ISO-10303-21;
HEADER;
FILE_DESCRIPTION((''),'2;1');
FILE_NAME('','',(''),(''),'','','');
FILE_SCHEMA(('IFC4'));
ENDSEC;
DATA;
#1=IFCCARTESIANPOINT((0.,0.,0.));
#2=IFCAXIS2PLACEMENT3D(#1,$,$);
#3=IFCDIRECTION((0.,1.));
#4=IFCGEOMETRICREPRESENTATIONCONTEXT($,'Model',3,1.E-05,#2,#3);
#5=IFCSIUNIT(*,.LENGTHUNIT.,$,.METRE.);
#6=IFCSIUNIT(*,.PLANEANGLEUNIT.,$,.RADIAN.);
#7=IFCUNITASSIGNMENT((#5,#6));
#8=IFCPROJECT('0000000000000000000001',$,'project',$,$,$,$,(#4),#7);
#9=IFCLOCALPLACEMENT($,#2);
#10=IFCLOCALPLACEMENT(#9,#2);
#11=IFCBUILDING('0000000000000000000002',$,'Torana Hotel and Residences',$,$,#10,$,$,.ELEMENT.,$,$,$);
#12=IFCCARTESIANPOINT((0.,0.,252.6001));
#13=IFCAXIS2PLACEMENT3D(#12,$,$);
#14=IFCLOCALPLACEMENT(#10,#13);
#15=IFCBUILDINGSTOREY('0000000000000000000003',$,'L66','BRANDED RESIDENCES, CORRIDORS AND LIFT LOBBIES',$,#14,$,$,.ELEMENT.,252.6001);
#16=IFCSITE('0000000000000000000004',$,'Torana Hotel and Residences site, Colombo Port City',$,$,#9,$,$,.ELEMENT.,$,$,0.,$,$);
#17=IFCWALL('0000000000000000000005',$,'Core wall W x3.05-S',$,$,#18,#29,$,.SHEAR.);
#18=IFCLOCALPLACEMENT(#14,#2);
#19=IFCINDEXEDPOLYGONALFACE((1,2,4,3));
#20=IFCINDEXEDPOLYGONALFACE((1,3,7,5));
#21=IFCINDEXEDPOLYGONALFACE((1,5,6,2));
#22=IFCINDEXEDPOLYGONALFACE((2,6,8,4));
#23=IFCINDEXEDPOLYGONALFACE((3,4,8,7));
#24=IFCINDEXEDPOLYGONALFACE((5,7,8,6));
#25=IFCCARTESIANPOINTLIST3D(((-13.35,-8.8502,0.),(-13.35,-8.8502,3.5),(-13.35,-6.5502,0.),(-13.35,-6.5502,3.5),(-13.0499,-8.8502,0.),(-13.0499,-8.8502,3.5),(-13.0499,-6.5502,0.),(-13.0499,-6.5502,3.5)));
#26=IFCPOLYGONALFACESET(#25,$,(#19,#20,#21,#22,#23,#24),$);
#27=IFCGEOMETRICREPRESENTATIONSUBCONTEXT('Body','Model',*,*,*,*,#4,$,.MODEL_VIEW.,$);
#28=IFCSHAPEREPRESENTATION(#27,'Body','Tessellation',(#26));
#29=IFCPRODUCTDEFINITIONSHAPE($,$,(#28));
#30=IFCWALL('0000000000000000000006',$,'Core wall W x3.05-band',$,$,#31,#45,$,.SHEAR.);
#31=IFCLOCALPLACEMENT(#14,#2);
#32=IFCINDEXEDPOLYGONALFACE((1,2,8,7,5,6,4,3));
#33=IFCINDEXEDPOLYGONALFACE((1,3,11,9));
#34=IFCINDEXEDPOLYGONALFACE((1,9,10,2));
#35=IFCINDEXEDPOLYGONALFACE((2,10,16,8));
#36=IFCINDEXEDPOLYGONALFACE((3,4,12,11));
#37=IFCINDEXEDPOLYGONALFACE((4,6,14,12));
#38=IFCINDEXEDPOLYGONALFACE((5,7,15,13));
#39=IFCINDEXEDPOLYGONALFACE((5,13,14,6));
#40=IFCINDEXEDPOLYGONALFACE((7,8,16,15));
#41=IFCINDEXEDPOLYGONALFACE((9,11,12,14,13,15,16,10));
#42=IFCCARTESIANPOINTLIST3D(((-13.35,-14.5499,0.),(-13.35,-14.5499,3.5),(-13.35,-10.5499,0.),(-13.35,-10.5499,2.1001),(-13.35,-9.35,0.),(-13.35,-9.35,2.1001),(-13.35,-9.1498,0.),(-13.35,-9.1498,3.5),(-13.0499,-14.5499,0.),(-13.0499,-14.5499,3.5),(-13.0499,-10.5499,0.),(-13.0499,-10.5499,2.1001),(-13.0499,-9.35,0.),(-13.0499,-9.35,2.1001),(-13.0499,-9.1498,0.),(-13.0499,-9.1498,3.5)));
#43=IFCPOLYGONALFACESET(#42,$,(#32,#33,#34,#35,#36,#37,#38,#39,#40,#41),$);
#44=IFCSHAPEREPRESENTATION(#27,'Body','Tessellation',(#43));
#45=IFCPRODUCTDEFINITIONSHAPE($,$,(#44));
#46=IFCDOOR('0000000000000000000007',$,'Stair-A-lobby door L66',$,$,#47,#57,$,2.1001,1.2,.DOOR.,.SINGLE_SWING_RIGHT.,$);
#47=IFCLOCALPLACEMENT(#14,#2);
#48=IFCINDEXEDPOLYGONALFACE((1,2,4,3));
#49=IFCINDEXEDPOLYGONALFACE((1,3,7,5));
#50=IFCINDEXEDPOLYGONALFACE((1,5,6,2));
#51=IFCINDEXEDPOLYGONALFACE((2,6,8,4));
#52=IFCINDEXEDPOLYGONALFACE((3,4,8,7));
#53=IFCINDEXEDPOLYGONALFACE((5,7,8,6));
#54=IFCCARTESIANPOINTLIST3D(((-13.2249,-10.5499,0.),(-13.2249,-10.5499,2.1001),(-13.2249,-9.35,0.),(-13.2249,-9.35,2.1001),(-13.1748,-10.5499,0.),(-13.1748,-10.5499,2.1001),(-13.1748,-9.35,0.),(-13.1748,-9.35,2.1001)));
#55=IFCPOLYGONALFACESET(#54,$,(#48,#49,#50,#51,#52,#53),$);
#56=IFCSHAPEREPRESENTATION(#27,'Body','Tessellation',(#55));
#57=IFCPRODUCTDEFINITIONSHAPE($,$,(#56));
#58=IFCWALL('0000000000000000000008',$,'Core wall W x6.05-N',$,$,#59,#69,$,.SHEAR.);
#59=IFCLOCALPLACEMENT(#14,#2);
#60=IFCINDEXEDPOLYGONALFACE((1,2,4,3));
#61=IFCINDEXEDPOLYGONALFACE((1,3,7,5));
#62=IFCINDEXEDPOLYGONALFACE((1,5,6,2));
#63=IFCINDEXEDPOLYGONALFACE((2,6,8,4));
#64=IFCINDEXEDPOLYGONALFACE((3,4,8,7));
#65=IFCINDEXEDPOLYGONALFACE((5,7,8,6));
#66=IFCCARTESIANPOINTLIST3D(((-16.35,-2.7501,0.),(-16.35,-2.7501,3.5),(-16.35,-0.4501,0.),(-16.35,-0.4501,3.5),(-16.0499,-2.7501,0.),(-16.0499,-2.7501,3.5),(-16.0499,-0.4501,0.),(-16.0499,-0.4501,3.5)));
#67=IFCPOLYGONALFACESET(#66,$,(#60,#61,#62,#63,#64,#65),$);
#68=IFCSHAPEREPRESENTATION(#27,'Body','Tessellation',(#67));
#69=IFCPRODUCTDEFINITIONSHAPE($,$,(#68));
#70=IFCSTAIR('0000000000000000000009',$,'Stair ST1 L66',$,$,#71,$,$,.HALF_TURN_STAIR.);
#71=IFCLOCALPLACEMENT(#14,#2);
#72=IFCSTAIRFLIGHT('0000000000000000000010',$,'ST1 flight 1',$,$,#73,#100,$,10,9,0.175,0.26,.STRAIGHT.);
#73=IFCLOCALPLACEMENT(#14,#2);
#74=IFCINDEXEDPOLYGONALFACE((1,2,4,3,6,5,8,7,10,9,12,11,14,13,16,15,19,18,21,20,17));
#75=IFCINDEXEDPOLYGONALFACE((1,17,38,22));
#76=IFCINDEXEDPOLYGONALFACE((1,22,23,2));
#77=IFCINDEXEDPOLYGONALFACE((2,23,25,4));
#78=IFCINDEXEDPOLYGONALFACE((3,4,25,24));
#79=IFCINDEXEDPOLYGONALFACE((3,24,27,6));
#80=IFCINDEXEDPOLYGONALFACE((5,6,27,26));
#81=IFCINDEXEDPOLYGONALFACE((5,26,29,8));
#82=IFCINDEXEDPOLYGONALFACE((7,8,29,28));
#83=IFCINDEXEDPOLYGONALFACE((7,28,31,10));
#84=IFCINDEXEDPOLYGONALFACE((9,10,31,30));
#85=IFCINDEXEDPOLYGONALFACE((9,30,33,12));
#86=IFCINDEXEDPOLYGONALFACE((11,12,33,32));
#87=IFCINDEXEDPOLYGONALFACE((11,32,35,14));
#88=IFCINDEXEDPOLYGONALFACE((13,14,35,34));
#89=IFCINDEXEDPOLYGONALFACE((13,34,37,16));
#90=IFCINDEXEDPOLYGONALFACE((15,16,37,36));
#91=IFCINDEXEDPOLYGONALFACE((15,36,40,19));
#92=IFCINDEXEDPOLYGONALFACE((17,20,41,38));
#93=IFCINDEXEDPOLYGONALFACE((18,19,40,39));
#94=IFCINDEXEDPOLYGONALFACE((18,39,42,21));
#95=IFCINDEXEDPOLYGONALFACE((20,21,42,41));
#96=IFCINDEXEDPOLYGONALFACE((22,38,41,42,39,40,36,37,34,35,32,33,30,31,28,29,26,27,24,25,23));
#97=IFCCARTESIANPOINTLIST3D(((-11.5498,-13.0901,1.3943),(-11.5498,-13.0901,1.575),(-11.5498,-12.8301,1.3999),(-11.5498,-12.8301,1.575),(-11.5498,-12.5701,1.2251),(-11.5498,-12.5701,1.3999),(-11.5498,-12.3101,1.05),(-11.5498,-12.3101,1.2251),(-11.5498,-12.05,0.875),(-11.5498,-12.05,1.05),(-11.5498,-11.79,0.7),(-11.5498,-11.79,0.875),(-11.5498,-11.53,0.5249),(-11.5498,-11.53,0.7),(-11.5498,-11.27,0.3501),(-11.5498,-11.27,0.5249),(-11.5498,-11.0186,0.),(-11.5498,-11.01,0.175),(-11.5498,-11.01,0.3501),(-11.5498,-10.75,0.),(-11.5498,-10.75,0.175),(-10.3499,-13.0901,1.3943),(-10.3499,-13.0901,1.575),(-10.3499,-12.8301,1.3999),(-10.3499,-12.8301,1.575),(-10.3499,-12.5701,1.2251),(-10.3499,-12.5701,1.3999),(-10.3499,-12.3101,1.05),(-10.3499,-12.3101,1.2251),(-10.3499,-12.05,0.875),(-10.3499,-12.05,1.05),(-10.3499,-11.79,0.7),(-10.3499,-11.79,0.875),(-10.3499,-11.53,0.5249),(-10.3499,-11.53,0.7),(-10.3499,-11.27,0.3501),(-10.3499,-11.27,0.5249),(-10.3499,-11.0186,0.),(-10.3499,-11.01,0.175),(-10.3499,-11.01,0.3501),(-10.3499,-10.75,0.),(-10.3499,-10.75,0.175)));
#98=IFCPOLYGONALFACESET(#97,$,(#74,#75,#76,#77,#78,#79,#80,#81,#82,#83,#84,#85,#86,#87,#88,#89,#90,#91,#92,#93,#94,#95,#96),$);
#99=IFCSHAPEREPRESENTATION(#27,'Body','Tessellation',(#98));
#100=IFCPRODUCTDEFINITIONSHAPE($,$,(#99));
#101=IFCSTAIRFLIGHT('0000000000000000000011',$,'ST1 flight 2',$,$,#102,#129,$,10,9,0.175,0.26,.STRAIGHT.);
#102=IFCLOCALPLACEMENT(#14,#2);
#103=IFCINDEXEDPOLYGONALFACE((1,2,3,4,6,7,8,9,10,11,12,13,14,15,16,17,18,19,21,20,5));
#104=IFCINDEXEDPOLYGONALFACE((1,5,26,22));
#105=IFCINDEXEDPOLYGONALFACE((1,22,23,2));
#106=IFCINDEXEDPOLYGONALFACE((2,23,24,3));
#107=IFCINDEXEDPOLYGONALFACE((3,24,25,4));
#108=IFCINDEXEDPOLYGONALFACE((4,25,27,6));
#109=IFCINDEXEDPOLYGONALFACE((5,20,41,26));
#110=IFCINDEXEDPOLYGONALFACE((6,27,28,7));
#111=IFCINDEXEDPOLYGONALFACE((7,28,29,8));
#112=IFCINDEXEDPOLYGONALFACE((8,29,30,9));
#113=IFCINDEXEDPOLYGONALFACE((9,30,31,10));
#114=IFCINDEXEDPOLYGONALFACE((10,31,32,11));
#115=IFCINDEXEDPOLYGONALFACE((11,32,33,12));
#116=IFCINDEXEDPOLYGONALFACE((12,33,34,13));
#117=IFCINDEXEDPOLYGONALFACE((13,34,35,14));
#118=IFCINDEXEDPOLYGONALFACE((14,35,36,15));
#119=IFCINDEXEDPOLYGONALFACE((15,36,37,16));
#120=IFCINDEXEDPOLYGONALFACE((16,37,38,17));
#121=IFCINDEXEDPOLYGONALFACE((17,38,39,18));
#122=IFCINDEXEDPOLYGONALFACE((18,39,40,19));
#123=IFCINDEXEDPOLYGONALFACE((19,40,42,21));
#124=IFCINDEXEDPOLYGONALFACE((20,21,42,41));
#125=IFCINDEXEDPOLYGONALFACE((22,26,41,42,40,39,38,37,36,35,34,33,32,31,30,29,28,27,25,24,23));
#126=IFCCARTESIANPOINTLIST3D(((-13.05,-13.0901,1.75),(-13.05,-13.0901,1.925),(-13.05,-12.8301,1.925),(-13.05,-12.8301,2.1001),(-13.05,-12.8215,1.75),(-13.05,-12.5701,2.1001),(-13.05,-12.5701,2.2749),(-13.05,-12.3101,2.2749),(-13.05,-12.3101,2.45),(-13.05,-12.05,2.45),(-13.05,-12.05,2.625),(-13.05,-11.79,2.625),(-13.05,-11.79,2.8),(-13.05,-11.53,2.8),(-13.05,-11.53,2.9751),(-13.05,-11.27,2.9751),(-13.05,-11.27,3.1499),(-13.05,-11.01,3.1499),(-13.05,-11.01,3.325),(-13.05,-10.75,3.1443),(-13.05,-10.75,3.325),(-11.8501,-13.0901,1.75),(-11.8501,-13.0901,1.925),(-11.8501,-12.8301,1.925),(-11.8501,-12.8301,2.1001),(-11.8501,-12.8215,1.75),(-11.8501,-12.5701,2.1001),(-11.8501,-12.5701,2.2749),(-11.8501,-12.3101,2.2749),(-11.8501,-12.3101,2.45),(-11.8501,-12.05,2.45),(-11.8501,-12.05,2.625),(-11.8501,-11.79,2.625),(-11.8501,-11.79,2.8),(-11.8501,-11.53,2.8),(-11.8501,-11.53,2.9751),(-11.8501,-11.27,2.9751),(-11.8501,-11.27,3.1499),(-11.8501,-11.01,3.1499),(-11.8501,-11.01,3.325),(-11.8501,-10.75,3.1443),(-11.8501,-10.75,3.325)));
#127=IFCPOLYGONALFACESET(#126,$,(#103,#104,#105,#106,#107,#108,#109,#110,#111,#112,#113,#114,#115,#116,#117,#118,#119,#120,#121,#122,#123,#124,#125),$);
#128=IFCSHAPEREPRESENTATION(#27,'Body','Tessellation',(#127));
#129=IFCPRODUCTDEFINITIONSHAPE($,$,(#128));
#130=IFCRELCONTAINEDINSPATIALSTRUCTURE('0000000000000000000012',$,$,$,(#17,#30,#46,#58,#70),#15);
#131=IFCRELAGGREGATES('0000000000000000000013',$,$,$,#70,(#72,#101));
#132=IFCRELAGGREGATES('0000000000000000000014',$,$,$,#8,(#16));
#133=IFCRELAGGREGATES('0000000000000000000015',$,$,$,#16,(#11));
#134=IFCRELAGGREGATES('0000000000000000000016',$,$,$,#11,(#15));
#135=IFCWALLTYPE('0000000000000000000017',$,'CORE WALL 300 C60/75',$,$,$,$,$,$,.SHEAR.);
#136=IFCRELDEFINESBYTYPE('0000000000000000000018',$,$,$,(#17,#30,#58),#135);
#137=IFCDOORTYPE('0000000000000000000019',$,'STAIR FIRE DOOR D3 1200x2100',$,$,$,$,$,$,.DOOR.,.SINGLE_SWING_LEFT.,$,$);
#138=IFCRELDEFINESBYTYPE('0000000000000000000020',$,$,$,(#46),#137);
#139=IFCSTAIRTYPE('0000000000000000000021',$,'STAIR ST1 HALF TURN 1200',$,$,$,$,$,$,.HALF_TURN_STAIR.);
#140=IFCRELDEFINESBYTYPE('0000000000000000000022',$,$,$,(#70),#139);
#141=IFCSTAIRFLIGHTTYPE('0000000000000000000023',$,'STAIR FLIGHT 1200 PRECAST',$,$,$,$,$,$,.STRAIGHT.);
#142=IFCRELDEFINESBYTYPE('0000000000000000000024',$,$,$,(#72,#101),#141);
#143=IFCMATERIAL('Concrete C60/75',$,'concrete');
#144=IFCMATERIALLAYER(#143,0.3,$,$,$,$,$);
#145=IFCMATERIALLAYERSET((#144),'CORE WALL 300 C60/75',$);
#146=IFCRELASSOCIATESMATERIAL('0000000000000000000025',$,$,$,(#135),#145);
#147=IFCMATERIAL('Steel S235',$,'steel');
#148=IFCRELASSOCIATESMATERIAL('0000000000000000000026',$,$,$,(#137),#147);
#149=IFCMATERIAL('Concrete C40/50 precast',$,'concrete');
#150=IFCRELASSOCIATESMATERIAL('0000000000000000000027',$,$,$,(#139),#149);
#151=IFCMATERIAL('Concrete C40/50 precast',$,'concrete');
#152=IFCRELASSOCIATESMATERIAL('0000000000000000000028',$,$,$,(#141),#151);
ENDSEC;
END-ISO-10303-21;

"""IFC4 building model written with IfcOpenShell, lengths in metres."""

from ifc_helpers import new_model, si_unit, direction, frame, frame_2d, origin, place, context, subcontext, project, spatial, polyline, rectangle, outline, extrude, material, layer, layer_set, type_object, element, fill, aggregate, save


model = new_model("IFC4")

# Units and contexts
model_context = context("Model", 3, precision=1e-05, world=origin(), true_north=direction((0.0, 1.0)))
body_context = subcontext(model_context, "Body", "Model", "MODEL_VIEW")
ifc_project = project(units=[si_unit("LENGTHUNIT", "METRE"), si_unit("PLANEANGLEUNIT", "RADIAN")], contexts=[model_context])

# Site, building, storey
site_placement = place(None, origin())
site = spatial("IfcSite", under=ifc_project, at=site_placement, Name="Torana Hotel and Residences site, Colombo Port City", CompositionType="ELEMENT", RefElevation=0.0)
building_placement = place(site_placement, origin())
building = spatial("IfcBuilding", under=site, at=building_placement, Name="Torana Hotel and Residences", CompositionType="ELEMENT")
storey_placement = place(building_placement, frame((0.0, 0.0, 252.6001)))
storey = spatial("IfcBuildingStorey", under=building, at=storey_placement, Name="L66", Description="BRANDED RESIDENCES, CORRIDORS AND LIFT LOBBIES", CompositionType="ELEMENT", Elevation=252.6001)

# Wall
ifc_material_1 = material(Name="Concrete C60/75", Category="concrete")
ifc_layer = layer(ifc_material_1, 0.3)
ifc_layer_set = layer_set([ifc_layer], Name="CORE WALL 300 C60/75")
wall_type = type_object("IfcWallType", Name="CORE WALL 300 C60/75", PredefinedType="SHEAR", material=ifc_layer_set)
wall_1_placement = place(storey_placement, frame((-13.2, -8.8501, 0.0), z_axis=(0.0, 0.0, 1.0), x_axis=(0.0, 1.0, 0.0)))
element("IfcWall", 1, at=wall_1_placement, inside=storey, type_object=wall_type, Name="Core wall W x3.05-S", PredefinedType="SHEAR", context=body_context, shape_type="SweptSolid", body=[
    extrude(rectangle(XDim=2.3, YDim=0.3, at=frame_2d((1.1499, 0.0))), origin(), (0.0, 0.0, 1.0), 3.5),
])

# Wall, opening, door
wall_2_placement = place(storey_placement, frame((-13.2, -14.55, 0.0), z_axis=(0.0, 0.0, 1.0), x_axis=(0.0, 1.0, 0.0)))
wall_2 = element("IfcWall", 2, at=wall_2_placement, inside=storey, type_object=wall_type, Name="Core wall W x3.05-band", PredefinedType="SHEAR", context=body_context, shape_type="SweptSolid", body=[
    extrude(rectangle(XDim=5.4001, YDim=0.3, at=frame_2d((2.7002, 0.0))), origin(), (0.0, 0.0, 1.0), 3.5),
])
opening_placement = place(wall_2_placement, frame((4.0, 0.0, 0.0)))
opening = element("IfcOpeningElement", 3, at=opening_placement, cuts=wall_2, PredefinedType="OPENING", context=body_context, shape_type="SweptSolid", body=[
    extrude(rectangle(XDim=1.2, YDim=2.1001, at=frame_2d((0.6001, 1.05))), frame((0.0, 0.1599, 0.0), z_axis=(0.0, -1.0, 0.0), x_axis=(1.0, 0.0, 0.0)), (0.0, 0.0, 1.0), 0.3201),
])
ifc_material_2 = material(Name="Steel S235", Category="steel")
door_type = type_object("IfcDoorType", Name="STAIR FIRE DOOR D3 1200x2100", OperationType="SINGLE_SWING_LEFT", PredefinedType="DOOR", material=ifc_material_2)
door_placement = place(opening_placement, frame((0.6001, 0.0, 0.0), z_axis=(0.0, 0.0, 1.0), x_axis=(-1.0, 0.0, 0.0)))
door = element("IfcDoor", 4, at=door_placement, inside=storey, type_object=door_type, Name="Stair-A-lobby door L66", OperationType="SINGLE_SWING_RIGHT", OverallHeight=2.1001, OverallWidth=1.2, PredefinedType="DOOR", context=body_context, shape_type="SweptSolid", body=[
    extrude(rectangle(XDim=1.2, YDim=2.1001, at=frame_2d((0.0, 1.05))), frame((0.0, -0.0249, 0.0), z_axis=(0.0, 1.0, 0.0), x_axis=(-1.0, 0.0, 0.0)), (0.0, 0.0, 1.0), 0.05),
])
fill(opening, door)

# Wall
wall_3_placement = place(storey_placement, frame((-16.2, -2.75, 0.0), z_axis=(0.0, 0.0, 1.0), x_axis=(0.0, 1.0, 0.0)))
element("IfcWall", 5, at=wall_3_placement, inside=storey, type_object=wall_type, Name="Core wall W x6.05-N", PredefinedType="SHEAR", context=body_context, shape_type="SweptSolid", body=[
    extrude(rectangle(XDim=2.3, YDim=0.3, at=frame_2d((1.1499, 0.0))), origin(), (0.0, 0.0, 1.0), 3.5),
])

# Stair, stair flights
ifc_material_3 = material(Name="Concrete C40/50 precast", Category="concrete")
stair_type = type_object("IfcStairType", Name="STAIR ST1 HALF TURN 1200", PredefinedType="HALF_TURN_STAIR", material=ifc_material_3)
stair_placement = place(storey_placement, origin())
stair = element("IfcStair", 6, at=stair_placement, inside=storey, type_object=stair_type, Name="Stair ST1 L66", PredefinedType="HALF_TURN_STAIR")
ifc_material_4 = material(Name="Concrete C40/50 precast", Category="concrete")
stair_flight_type = type_object("IfcStairFlightType", Name="STAIR FLIGHT 1200 PRECAST", PredefinedType="STRAIGHT", material=ifc_material_4)
stair_flight_1_placement = place(storey_placement, frame((-10.95, -10.75, 0.0), z_axis=(0.0, 0.0, 1.0), x_axis=(0.0, -1.0, 0.0)))
stair_flight_1 = element("IfcStairFlight", 7, at=stair_flight_1_placement, type_object=stair_flight_type, Name="ST1 flight 1", NumberOfRisers=10, NumberOfTreads=9, PredefinedType="STRAIGHT", RiserHeight=0.175, TreadLength=0.26, context=body_context, shape_type="SweptSolid", body=[
    extrude(outline(polyline([(0.0, 0.0), (0.0, 0.175), (0.26, 0.175), (0.26, 0.3501), (0.52, 0.3501), (0.52, 0.5249), (0.78, 0.5249), (0.78, 0.7), (1.04, 0.7), (1.04, 0.875), (1.3, 0.875), (1.3, 1.05), (1.5601, 1.05), (1.5601, 1.2251), (1.8201, 1.2251), (1.8201, 1.3999), (2.0801, 1.3999), (2.0801, 1.575), (2.3401, 1.575), (2.3401, 1.75), (2.3401, 1.3943), (0.2686, 0.0), (0.0, 0.0)])), frame((0.0, 0.6001, 0.0), z_axis=(0.0, -1.0, 0.0), x_axis=(1.0, 0.0, 0.0)), (0.0, 0.0, 1.0), 1.2),
])
stair_flight_2_placement = place(storey_placement, frame((-12.45, -13.0901, 1.75), z_axis=(0.0, 0.0, 1.0), x_axis=(0.0, 1.0, 0.0)))
stair_flight_2 = element("IfcStairFlight", 8, at=stair_flight_2_placement, type_object=stair_flight_type, Name="ST1 flight 2", NumberOfRisers=10, NumberOfTreads=9, PredefinedType="STRAIGHT", RiserHeight=0.175, TreadLength=0.26, context=body_context, shape_type="SweptSolid", body=[
    extrude(outline(polyline([(0.0, 0.0), (0.0, 0.175), (0.26, 0.175), (0.26, 0.3501), (0.52, 0.3501), (0.52, 0.5249), (0.78, 0.5249), (0.78, 0.7), (1.04, 0.7), (1.04, 0.875), (1.3, 0.875), (1.3, 1.05), (1.5601, 1.05), (1.5601, 1.2251), (1.8201, 1.2251), (1.8201, 1.3999), (2.0801, 1.3999), (2.0801, 1.575), (2.3401, 1.575), (2.3401, 1.75), (2.3401, 1.3943), (0.2686, 0.0), (0.0, 0.0)])), frame((0.0, 0.6001, 0.0), z_axis=(0.0, -1.0, 0.0), x_axis=(1.0, 0.0, 0.0)), (0.0, 0.0, 1.0), 1.2),
])
aggregate(stair, [stair_flight_1, stair_flight_2])

save(model, "model.ifc")
